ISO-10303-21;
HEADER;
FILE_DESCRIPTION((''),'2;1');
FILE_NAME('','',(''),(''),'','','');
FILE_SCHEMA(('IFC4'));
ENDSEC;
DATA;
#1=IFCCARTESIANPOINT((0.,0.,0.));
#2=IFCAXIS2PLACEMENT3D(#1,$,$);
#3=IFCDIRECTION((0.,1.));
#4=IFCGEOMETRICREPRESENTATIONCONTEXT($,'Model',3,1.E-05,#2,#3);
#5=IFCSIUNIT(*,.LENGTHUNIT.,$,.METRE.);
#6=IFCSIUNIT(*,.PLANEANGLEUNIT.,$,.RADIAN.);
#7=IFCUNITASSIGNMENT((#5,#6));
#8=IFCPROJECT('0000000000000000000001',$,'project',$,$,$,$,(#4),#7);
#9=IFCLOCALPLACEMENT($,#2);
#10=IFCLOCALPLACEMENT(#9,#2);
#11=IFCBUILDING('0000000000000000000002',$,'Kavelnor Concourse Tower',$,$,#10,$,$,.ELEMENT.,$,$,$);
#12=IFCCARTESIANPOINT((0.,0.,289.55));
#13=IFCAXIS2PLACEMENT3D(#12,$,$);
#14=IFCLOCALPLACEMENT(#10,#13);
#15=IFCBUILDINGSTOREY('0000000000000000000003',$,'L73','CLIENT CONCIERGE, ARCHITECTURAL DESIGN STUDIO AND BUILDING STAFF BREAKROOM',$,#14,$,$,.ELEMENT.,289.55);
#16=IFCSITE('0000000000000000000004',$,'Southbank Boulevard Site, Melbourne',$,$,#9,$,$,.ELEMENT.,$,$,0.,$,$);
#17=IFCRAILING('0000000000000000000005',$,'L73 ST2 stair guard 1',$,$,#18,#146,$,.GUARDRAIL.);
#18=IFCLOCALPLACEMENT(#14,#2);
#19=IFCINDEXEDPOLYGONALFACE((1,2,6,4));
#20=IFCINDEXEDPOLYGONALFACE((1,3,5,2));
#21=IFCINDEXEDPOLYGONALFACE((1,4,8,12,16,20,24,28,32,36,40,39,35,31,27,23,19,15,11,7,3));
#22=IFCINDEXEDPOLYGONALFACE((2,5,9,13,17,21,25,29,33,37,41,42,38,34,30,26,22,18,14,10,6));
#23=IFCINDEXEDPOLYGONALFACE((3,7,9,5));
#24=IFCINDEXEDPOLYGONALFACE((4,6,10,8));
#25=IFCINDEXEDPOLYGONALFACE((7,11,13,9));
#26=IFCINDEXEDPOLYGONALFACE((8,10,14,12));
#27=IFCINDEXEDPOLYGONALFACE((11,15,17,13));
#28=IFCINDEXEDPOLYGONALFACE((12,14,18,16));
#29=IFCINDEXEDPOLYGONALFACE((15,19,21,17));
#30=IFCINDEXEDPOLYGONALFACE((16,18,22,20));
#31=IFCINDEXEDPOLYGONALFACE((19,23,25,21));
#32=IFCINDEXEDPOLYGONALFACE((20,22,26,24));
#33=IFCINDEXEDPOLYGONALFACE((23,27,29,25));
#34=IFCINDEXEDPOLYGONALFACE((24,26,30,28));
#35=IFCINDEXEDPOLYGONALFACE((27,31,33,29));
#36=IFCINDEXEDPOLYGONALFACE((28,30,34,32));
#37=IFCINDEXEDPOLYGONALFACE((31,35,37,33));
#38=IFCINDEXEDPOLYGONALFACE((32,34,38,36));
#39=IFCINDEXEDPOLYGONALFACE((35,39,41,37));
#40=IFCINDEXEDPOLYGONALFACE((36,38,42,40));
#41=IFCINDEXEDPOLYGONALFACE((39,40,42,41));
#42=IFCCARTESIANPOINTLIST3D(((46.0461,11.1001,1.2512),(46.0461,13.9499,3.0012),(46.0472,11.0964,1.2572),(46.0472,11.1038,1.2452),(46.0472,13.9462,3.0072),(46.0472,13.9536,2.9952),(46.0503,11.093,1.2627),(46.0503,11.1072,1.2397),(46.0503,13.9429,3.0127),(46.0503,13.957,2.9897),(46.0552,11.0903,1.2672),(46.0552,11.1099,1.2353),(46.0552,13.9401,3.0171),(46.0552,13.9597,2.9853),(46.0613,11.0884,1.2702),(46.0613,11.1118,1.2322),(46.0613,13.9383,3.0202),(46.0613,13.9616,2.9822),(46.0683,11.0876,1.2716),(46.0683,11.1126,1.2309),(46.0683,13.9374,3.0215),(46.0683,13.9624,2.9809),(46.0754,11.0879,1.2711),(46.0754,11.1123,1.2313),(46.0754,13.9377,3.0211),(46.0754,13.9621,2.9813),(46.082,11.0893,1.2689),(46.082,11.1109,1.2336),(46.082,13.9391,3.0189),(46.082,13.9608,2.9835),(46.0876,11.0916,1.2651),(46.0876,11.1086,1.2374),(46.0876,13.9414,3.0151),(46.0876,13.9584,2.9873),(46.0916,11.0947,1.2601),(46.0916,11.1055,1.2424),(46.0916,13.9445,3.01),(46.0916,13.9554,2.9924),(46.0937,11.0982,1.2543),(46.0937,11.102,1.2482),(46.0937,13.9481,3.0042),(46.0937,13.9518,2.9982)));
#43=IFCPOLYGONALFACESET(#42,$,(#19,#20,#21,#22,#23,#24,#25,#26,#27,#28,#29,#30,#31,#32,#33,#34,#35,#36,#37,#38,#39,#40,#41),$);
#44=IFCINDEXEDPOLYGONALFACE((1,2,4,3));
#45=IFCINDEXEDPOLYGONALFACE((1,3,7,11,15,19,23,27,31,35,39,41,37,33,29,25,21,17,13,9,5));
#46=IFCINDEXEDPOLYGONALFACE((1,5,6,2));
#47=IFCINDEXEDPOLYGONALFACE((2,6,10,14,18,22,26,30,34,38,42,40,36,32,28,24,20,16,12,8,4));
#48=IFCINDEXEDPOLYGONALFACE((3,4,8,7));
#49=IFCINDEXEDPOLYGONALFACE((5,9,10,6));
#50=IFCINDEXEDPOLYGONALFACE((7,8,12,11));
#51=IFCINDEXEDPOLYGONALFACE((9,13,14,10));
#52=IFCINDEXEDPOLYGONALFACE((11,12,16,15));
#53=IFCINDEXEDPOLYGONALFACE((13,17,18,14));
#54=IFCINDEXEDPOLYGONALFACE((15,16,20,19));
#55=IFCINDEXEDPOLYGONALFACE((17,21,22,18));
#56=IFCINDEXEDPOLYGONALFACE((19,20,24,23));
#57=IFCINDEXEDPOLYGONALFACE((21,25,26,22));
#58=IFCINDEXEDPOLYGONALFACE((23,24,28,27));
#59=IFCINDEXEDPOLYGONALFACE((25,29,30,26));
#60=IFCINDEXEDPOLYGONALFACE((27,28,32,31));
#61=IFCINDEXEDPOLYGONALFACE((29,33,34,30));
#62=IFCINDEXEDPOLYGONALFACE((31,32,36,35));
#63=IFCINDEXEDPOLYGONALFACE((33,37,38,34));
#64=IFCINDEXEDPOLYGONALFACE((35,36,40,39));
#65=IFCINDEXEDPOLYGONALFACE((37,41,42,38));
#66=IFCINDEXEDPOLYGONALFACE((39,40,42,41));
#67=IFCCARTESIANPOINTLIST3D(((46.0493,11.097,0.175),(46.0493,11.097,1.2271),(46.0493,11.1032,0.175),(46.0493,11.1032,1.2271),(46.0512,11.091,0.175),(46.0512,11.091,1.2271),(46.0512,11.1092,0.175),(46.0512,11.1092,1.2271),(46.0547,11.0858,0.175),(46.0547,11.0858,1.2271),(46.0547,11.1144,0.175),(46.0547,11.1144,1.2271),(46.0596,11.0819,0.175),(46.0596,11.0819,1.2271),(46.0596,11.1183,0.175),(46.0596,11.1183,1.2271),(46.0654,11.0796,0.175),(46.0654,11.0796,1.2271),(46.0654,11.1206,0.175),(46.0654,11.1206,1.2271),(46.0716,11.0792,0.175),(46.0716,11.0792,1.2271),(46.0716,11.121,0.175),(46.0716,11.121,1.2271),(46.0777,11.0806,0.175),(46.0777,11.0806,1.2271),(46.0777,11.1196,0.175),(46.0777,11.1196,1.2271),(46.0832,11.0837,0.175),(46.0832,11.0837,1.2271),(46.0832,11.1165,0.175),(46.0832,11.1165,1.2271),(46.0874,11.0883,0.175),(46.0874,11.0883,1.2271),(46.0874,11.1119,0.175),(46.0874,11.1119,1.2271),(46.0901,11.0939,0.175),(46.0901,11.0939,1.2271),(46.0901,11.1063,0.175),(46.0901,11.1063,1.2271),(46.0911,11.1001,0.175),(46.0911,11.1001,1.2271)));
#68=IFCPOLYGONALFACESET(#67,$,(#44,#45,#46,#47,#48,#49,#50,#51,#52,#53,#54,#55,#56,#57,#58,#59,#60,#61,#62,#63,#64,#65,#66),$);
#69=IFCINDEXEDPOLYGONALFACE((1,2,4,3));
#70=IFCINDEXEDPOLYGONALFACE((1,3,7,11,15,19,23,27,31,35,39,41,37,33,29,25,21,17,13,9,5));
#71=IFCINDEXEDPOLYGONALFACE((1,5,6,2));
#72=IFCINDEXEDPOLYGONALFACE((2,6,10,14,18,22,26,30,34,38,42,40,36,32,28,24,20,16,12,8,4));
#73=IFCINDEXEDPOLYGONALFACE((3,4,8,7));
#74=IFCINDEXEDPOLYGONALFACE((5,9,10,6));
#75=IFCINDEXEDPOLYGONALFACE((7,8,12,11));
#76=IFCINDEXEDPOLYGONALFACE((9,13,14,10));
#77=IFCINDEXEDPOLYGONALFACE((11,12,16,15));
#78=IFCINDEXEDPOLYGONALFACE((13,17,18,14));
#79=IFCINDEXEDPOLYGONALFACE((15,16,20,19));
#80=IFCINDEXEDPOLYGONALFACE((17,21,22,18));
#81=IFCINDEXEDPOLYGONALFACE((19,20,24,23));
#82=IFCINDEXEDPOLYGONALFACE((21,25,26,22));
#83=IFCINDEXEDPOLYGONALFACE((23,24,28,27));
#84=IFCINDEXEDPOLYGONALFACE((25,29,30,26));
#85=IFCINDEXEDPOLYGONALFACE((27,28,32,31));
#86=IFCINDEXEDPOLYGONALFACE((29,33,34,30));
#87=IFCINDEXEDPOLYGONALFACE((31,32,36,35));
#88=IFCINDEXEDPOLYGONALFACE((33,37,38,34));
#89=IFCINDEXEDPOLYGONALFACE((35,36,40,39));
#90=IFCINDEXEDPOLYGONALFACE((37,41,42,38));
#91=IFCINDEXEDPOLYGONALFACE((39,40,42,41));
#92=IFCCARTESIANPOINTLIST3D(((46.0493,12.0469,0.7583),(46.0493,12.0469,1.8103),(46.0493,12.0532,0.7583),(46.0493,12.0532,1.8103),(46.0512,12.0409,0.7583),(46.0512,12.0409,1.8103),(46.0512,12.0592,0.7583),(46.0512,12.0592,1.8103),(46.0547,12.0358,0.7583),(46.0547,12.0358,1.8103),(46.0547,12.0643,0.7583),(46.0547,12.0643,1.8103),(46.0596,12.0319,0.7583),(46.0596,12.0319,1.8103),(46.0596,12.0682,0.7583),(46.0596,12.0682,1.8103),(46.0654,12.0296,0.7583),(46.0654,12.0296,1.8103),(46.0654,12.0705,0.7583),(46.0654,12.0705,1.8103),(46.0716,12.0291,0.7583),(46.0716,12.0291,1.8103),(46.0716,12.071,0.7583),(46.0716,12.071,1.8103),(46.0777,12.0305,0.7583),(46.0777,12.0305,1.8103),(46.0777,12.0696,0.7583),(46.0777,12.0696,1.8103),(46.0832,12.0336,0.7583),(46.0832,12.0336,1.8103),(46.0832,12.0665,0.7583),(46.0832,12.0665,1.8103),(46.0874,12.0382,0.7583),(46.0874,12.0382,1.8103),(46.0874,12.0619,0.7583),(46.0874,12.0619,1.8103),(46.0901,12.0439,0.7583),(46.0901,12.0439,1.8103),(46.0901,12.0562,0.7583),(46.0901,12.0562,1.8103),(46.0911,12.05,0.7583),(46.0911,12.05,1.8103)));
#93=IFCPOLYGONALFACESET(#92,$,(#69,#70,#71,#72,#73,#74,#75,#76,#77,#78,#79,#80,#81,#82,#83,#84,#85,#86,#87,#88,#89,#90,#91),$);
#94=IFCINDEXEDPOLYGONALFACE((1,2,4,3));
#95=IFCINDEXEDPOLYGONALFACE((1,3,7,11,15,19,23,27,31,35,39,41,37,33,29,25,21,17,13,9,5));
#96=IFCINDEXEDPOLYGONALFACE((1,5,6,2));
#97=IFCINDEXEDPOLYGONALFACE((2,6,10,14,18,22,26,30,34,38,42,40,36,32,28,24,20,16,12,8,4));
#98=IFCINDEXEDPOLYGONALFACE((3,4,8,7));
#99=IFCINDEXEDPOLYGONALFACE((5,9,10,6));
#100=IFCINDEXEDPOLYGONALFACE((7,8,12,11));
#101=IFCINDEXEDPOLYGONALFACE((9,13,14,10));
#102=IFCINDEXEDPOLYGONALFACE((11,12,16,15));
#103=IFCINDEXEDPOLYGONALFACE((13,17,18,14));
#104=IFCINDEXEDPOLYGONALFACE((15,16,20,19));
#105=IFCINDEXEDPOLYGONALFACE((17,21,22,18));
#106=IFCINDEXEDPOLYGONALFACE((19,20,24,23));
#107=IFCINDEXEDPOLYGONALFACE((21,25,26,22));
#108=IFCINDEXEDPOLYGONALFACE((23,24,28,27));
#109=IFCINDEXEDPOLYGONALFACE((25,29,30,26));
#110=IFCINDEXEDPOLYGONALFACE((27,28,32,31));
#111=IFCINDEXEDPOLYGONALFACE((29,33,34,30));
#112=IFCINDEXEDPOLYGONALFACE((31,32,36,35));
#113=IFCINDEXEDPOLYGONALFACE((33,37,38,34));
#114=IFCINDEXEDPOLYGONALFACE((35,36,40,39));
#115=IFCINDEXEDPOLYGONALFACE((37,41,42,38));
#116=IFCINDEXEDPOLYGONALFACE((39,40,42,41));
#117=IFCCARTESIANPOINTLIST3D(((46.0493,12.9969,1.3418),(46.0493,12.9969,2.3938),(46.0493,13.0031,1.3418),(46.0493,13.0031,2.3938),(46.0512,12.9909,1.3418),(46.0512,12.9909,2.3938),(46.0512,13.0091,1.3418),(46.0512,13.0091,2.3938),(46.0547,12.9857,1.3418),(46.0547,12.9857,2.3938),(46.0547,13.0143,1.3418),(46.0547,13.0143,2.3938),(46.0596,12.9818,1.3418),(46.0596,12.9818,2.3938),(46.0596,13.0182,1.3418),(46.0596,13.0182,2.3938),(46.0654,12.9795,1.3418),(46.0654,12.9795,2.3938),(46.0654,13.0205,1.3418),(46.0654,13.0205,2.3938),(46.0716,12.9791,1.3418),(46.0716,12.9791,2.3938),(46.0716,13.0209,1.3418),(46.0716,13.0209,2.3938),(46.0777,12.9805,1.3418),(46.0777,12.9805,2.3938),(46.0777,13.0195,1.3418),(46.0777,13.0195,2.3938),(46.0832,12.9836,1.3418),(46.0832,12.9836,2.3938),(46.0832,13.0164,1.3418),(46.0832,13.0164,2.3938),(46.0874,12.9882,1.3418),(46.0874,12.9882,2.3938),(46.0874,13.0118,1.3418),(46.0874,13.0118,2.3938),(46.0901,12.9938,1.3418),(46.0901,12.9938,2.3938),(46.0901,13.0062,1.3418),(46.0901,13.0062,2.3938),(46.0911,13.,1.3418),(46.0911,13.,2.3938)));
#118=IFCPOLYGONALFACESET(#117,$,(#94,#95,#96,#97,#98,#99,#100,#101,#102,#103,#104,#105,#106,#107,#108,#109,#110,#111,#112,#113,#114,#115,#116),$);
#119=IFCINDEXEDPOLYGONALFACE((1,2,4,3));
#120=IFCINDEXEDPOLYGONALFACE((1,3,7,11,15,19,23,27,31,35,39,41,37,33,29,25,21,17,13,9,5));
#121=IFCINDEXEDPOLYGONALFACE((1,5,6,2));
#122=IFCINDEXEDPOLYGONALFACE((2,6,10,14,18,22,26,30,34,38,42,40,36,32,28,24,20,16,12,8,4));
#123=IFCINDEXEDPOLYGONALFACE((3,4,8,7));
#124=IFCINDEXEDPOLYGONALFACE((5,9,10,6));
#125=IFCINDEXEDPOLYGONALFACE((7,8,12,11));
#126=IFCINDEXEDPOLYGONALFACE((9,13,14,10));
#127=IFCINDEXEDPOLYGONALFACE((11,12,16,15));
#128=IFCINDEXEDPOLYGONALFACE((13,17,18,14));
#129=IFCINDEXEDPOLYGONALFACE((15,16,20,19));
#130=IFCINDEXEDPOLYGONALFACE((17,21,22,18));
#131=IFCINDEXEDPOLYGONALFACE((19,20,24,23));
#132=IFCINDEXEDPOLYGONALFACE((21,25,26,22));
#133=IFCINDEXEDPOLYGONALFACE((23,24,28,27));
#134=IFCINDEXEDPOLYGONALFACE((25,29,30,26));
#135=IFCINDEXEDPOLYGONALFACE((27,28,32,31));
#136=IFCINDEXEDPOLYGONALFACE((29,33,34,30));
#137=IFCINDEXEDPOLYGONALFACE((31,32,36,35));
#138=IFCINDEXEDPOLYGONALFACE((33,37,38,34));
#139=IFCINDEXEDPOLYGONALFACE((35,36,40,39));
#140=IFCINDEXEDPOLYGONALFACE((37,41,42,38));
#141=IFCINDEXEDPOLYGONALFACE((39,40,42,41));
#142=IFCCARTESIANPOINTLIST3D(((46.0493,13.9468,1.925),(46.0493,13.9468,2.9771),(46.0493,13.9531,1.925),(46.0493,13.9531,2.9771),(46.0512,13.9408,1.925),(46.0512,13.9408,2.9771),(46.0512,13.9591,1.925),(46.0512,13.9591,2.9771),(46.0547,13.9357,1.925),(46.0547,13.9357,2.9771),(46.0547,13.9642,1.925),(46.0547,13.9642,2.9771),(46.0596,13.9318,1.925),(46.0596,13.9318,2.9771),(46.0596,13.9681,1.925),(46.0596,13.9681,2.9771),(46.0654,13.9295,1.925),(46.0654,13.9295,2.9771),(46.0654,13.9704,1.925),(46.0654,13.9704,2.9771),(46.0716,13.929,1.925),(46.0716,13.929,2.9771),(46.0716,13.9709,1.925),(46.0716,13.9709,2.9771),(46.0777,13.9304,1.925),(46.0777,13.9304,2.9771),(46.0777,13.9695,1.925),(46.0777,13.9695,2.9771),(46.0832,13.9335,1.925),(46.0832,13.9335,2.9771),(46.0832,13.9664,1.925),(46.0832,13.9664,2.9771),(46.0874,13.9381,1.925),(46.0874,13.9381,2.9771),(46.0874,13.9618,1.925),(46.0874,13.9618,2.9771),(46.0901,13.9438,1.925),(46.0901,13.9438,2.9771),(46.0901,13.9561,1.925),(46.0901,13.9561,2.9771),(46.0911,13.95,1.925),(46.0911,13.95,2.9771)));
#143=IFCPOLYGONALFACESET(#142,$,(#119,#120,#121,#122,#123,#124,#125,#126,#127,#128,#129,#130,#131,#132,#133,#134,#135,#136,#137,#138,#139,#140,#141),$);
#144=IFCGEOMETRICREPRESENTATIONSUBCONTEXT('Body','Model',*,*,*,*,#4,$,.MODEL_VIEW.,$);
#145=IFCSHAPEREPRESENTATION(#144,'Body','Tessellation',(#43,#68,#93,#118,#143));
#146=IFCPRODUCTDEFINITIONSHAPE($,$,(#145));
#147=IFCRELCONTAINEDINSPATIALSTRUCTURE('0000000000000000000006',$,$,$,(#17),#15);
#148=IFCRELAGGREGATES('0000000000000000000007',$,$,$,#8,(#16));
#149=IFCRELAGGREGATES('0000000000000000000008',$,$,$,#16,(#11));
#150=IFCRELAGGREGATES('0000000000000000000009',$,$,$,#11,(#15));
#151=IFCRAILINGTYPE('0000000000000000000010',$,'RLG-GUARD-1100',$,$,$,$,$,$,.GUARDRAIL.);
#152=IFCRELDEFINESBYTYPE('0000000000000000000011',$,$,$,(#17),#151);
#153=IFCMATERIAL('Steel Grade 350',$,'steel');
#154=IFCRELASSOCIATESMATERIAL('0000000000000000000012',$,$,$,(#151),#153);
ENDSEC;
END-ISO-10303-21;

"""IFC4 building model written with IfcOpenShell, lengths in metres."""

from ifc_helpers import new_model, si_unit, direction, frame, origin, origin_2d, place, context, subcontext, project, spatial, circle, extrude, material, type_object, element, save


model = new_model("IFC4")

# Units and contexts
model_context = context("Model", 3, precision=1e-05, world=origin(), true_north=direction((0.0, 1.0)))
body_context = subcontext(model_context, "Body", "Model", "MODEL_VIEW")
ifc_project = project(units=[si_unit("LENGTHUNIT", "METRE"), si_unit("PLANEANGLEUNIT", "RADIAN")], contexts=[model_context])

# Site, building, storey
site_placement = place(None, origin())
site = spatial("IfcSite", under=ifc_project, at=site_placement, Name="Southbank Boulevard Site, Melbourne", CompositionType="ELEMENT", RefElevation=0.0)
building_placement = place(site_placement, origin())
building = spatial("IfcBuilding", under=site, at=building_placement, Name="Kavelnor Concourse Tower", CompositionType="ELEMENT")
storey_placement = place(building_placement, frame((0.0, 0.0, 289.55)))
storey = spatial("IfcBuildingStorey", under=building, at=storey_placement, Name="L73", Description="CLIENT CONCIERGE, ARCHITECTURAL DESIGN STUDIO AND BUILDING STAFF BREAKROOM", CompositionType="ELEMENT", Elevation=289.55)

# Shared definitions
ifc_material_1 = material(Name="Steel Grade 350", Category="steel")

# Railing
railing_type_1 = type_object("IfcRailingType", Name="RLG-GUARD-1100", PredefinedType="GUARDRAIL", material=ifc_material_1)
railing_1_placement = place(storey_placement, frame((46.0701, 11.1001, 0.175)))
element("IfcRailing", 1, at=railing_1_placement, inside=storey, type_object=railing_type_1, Name="L73 ST2 stair guard 1", PredefinedType="GUARDRAIL", context=body_context, shape_type="SweptSolid", body=[
    extrude(circle(Radius=0.0239, at=origin_2d()), frame((0.0, 0.0, 1.0762), z_axis=(0.0, 0.852159, 0.523283), x_axis=(-1.0, 0.0, 0.0)), (0.0, 0.0, 1.0), 3.3442),
    extrude(circle(Radius=0.021, at=origin_2d()), origin(), (0.0, 0.0, 1.0), 1.052),
    extrude(circle(Radius=0.021, at=origin_2d()), frame((0.0, 0.95, 0.5833)), (0.0, 0.0, 1.0), 1.052),
    extrude(circle(Radius=0.021, at=origin_2d()), frame((0.0, 1.8999, 1.1667)), (0.0, 0.0, 1.0), 1.052),
    extrude(circle(Radius=0.021, at=origin_2d()), frame((0.0, 2.8499, 1.75)), (0.0, 0.0, 1.0), 1.052),
])

save(model, "model.ifc")
